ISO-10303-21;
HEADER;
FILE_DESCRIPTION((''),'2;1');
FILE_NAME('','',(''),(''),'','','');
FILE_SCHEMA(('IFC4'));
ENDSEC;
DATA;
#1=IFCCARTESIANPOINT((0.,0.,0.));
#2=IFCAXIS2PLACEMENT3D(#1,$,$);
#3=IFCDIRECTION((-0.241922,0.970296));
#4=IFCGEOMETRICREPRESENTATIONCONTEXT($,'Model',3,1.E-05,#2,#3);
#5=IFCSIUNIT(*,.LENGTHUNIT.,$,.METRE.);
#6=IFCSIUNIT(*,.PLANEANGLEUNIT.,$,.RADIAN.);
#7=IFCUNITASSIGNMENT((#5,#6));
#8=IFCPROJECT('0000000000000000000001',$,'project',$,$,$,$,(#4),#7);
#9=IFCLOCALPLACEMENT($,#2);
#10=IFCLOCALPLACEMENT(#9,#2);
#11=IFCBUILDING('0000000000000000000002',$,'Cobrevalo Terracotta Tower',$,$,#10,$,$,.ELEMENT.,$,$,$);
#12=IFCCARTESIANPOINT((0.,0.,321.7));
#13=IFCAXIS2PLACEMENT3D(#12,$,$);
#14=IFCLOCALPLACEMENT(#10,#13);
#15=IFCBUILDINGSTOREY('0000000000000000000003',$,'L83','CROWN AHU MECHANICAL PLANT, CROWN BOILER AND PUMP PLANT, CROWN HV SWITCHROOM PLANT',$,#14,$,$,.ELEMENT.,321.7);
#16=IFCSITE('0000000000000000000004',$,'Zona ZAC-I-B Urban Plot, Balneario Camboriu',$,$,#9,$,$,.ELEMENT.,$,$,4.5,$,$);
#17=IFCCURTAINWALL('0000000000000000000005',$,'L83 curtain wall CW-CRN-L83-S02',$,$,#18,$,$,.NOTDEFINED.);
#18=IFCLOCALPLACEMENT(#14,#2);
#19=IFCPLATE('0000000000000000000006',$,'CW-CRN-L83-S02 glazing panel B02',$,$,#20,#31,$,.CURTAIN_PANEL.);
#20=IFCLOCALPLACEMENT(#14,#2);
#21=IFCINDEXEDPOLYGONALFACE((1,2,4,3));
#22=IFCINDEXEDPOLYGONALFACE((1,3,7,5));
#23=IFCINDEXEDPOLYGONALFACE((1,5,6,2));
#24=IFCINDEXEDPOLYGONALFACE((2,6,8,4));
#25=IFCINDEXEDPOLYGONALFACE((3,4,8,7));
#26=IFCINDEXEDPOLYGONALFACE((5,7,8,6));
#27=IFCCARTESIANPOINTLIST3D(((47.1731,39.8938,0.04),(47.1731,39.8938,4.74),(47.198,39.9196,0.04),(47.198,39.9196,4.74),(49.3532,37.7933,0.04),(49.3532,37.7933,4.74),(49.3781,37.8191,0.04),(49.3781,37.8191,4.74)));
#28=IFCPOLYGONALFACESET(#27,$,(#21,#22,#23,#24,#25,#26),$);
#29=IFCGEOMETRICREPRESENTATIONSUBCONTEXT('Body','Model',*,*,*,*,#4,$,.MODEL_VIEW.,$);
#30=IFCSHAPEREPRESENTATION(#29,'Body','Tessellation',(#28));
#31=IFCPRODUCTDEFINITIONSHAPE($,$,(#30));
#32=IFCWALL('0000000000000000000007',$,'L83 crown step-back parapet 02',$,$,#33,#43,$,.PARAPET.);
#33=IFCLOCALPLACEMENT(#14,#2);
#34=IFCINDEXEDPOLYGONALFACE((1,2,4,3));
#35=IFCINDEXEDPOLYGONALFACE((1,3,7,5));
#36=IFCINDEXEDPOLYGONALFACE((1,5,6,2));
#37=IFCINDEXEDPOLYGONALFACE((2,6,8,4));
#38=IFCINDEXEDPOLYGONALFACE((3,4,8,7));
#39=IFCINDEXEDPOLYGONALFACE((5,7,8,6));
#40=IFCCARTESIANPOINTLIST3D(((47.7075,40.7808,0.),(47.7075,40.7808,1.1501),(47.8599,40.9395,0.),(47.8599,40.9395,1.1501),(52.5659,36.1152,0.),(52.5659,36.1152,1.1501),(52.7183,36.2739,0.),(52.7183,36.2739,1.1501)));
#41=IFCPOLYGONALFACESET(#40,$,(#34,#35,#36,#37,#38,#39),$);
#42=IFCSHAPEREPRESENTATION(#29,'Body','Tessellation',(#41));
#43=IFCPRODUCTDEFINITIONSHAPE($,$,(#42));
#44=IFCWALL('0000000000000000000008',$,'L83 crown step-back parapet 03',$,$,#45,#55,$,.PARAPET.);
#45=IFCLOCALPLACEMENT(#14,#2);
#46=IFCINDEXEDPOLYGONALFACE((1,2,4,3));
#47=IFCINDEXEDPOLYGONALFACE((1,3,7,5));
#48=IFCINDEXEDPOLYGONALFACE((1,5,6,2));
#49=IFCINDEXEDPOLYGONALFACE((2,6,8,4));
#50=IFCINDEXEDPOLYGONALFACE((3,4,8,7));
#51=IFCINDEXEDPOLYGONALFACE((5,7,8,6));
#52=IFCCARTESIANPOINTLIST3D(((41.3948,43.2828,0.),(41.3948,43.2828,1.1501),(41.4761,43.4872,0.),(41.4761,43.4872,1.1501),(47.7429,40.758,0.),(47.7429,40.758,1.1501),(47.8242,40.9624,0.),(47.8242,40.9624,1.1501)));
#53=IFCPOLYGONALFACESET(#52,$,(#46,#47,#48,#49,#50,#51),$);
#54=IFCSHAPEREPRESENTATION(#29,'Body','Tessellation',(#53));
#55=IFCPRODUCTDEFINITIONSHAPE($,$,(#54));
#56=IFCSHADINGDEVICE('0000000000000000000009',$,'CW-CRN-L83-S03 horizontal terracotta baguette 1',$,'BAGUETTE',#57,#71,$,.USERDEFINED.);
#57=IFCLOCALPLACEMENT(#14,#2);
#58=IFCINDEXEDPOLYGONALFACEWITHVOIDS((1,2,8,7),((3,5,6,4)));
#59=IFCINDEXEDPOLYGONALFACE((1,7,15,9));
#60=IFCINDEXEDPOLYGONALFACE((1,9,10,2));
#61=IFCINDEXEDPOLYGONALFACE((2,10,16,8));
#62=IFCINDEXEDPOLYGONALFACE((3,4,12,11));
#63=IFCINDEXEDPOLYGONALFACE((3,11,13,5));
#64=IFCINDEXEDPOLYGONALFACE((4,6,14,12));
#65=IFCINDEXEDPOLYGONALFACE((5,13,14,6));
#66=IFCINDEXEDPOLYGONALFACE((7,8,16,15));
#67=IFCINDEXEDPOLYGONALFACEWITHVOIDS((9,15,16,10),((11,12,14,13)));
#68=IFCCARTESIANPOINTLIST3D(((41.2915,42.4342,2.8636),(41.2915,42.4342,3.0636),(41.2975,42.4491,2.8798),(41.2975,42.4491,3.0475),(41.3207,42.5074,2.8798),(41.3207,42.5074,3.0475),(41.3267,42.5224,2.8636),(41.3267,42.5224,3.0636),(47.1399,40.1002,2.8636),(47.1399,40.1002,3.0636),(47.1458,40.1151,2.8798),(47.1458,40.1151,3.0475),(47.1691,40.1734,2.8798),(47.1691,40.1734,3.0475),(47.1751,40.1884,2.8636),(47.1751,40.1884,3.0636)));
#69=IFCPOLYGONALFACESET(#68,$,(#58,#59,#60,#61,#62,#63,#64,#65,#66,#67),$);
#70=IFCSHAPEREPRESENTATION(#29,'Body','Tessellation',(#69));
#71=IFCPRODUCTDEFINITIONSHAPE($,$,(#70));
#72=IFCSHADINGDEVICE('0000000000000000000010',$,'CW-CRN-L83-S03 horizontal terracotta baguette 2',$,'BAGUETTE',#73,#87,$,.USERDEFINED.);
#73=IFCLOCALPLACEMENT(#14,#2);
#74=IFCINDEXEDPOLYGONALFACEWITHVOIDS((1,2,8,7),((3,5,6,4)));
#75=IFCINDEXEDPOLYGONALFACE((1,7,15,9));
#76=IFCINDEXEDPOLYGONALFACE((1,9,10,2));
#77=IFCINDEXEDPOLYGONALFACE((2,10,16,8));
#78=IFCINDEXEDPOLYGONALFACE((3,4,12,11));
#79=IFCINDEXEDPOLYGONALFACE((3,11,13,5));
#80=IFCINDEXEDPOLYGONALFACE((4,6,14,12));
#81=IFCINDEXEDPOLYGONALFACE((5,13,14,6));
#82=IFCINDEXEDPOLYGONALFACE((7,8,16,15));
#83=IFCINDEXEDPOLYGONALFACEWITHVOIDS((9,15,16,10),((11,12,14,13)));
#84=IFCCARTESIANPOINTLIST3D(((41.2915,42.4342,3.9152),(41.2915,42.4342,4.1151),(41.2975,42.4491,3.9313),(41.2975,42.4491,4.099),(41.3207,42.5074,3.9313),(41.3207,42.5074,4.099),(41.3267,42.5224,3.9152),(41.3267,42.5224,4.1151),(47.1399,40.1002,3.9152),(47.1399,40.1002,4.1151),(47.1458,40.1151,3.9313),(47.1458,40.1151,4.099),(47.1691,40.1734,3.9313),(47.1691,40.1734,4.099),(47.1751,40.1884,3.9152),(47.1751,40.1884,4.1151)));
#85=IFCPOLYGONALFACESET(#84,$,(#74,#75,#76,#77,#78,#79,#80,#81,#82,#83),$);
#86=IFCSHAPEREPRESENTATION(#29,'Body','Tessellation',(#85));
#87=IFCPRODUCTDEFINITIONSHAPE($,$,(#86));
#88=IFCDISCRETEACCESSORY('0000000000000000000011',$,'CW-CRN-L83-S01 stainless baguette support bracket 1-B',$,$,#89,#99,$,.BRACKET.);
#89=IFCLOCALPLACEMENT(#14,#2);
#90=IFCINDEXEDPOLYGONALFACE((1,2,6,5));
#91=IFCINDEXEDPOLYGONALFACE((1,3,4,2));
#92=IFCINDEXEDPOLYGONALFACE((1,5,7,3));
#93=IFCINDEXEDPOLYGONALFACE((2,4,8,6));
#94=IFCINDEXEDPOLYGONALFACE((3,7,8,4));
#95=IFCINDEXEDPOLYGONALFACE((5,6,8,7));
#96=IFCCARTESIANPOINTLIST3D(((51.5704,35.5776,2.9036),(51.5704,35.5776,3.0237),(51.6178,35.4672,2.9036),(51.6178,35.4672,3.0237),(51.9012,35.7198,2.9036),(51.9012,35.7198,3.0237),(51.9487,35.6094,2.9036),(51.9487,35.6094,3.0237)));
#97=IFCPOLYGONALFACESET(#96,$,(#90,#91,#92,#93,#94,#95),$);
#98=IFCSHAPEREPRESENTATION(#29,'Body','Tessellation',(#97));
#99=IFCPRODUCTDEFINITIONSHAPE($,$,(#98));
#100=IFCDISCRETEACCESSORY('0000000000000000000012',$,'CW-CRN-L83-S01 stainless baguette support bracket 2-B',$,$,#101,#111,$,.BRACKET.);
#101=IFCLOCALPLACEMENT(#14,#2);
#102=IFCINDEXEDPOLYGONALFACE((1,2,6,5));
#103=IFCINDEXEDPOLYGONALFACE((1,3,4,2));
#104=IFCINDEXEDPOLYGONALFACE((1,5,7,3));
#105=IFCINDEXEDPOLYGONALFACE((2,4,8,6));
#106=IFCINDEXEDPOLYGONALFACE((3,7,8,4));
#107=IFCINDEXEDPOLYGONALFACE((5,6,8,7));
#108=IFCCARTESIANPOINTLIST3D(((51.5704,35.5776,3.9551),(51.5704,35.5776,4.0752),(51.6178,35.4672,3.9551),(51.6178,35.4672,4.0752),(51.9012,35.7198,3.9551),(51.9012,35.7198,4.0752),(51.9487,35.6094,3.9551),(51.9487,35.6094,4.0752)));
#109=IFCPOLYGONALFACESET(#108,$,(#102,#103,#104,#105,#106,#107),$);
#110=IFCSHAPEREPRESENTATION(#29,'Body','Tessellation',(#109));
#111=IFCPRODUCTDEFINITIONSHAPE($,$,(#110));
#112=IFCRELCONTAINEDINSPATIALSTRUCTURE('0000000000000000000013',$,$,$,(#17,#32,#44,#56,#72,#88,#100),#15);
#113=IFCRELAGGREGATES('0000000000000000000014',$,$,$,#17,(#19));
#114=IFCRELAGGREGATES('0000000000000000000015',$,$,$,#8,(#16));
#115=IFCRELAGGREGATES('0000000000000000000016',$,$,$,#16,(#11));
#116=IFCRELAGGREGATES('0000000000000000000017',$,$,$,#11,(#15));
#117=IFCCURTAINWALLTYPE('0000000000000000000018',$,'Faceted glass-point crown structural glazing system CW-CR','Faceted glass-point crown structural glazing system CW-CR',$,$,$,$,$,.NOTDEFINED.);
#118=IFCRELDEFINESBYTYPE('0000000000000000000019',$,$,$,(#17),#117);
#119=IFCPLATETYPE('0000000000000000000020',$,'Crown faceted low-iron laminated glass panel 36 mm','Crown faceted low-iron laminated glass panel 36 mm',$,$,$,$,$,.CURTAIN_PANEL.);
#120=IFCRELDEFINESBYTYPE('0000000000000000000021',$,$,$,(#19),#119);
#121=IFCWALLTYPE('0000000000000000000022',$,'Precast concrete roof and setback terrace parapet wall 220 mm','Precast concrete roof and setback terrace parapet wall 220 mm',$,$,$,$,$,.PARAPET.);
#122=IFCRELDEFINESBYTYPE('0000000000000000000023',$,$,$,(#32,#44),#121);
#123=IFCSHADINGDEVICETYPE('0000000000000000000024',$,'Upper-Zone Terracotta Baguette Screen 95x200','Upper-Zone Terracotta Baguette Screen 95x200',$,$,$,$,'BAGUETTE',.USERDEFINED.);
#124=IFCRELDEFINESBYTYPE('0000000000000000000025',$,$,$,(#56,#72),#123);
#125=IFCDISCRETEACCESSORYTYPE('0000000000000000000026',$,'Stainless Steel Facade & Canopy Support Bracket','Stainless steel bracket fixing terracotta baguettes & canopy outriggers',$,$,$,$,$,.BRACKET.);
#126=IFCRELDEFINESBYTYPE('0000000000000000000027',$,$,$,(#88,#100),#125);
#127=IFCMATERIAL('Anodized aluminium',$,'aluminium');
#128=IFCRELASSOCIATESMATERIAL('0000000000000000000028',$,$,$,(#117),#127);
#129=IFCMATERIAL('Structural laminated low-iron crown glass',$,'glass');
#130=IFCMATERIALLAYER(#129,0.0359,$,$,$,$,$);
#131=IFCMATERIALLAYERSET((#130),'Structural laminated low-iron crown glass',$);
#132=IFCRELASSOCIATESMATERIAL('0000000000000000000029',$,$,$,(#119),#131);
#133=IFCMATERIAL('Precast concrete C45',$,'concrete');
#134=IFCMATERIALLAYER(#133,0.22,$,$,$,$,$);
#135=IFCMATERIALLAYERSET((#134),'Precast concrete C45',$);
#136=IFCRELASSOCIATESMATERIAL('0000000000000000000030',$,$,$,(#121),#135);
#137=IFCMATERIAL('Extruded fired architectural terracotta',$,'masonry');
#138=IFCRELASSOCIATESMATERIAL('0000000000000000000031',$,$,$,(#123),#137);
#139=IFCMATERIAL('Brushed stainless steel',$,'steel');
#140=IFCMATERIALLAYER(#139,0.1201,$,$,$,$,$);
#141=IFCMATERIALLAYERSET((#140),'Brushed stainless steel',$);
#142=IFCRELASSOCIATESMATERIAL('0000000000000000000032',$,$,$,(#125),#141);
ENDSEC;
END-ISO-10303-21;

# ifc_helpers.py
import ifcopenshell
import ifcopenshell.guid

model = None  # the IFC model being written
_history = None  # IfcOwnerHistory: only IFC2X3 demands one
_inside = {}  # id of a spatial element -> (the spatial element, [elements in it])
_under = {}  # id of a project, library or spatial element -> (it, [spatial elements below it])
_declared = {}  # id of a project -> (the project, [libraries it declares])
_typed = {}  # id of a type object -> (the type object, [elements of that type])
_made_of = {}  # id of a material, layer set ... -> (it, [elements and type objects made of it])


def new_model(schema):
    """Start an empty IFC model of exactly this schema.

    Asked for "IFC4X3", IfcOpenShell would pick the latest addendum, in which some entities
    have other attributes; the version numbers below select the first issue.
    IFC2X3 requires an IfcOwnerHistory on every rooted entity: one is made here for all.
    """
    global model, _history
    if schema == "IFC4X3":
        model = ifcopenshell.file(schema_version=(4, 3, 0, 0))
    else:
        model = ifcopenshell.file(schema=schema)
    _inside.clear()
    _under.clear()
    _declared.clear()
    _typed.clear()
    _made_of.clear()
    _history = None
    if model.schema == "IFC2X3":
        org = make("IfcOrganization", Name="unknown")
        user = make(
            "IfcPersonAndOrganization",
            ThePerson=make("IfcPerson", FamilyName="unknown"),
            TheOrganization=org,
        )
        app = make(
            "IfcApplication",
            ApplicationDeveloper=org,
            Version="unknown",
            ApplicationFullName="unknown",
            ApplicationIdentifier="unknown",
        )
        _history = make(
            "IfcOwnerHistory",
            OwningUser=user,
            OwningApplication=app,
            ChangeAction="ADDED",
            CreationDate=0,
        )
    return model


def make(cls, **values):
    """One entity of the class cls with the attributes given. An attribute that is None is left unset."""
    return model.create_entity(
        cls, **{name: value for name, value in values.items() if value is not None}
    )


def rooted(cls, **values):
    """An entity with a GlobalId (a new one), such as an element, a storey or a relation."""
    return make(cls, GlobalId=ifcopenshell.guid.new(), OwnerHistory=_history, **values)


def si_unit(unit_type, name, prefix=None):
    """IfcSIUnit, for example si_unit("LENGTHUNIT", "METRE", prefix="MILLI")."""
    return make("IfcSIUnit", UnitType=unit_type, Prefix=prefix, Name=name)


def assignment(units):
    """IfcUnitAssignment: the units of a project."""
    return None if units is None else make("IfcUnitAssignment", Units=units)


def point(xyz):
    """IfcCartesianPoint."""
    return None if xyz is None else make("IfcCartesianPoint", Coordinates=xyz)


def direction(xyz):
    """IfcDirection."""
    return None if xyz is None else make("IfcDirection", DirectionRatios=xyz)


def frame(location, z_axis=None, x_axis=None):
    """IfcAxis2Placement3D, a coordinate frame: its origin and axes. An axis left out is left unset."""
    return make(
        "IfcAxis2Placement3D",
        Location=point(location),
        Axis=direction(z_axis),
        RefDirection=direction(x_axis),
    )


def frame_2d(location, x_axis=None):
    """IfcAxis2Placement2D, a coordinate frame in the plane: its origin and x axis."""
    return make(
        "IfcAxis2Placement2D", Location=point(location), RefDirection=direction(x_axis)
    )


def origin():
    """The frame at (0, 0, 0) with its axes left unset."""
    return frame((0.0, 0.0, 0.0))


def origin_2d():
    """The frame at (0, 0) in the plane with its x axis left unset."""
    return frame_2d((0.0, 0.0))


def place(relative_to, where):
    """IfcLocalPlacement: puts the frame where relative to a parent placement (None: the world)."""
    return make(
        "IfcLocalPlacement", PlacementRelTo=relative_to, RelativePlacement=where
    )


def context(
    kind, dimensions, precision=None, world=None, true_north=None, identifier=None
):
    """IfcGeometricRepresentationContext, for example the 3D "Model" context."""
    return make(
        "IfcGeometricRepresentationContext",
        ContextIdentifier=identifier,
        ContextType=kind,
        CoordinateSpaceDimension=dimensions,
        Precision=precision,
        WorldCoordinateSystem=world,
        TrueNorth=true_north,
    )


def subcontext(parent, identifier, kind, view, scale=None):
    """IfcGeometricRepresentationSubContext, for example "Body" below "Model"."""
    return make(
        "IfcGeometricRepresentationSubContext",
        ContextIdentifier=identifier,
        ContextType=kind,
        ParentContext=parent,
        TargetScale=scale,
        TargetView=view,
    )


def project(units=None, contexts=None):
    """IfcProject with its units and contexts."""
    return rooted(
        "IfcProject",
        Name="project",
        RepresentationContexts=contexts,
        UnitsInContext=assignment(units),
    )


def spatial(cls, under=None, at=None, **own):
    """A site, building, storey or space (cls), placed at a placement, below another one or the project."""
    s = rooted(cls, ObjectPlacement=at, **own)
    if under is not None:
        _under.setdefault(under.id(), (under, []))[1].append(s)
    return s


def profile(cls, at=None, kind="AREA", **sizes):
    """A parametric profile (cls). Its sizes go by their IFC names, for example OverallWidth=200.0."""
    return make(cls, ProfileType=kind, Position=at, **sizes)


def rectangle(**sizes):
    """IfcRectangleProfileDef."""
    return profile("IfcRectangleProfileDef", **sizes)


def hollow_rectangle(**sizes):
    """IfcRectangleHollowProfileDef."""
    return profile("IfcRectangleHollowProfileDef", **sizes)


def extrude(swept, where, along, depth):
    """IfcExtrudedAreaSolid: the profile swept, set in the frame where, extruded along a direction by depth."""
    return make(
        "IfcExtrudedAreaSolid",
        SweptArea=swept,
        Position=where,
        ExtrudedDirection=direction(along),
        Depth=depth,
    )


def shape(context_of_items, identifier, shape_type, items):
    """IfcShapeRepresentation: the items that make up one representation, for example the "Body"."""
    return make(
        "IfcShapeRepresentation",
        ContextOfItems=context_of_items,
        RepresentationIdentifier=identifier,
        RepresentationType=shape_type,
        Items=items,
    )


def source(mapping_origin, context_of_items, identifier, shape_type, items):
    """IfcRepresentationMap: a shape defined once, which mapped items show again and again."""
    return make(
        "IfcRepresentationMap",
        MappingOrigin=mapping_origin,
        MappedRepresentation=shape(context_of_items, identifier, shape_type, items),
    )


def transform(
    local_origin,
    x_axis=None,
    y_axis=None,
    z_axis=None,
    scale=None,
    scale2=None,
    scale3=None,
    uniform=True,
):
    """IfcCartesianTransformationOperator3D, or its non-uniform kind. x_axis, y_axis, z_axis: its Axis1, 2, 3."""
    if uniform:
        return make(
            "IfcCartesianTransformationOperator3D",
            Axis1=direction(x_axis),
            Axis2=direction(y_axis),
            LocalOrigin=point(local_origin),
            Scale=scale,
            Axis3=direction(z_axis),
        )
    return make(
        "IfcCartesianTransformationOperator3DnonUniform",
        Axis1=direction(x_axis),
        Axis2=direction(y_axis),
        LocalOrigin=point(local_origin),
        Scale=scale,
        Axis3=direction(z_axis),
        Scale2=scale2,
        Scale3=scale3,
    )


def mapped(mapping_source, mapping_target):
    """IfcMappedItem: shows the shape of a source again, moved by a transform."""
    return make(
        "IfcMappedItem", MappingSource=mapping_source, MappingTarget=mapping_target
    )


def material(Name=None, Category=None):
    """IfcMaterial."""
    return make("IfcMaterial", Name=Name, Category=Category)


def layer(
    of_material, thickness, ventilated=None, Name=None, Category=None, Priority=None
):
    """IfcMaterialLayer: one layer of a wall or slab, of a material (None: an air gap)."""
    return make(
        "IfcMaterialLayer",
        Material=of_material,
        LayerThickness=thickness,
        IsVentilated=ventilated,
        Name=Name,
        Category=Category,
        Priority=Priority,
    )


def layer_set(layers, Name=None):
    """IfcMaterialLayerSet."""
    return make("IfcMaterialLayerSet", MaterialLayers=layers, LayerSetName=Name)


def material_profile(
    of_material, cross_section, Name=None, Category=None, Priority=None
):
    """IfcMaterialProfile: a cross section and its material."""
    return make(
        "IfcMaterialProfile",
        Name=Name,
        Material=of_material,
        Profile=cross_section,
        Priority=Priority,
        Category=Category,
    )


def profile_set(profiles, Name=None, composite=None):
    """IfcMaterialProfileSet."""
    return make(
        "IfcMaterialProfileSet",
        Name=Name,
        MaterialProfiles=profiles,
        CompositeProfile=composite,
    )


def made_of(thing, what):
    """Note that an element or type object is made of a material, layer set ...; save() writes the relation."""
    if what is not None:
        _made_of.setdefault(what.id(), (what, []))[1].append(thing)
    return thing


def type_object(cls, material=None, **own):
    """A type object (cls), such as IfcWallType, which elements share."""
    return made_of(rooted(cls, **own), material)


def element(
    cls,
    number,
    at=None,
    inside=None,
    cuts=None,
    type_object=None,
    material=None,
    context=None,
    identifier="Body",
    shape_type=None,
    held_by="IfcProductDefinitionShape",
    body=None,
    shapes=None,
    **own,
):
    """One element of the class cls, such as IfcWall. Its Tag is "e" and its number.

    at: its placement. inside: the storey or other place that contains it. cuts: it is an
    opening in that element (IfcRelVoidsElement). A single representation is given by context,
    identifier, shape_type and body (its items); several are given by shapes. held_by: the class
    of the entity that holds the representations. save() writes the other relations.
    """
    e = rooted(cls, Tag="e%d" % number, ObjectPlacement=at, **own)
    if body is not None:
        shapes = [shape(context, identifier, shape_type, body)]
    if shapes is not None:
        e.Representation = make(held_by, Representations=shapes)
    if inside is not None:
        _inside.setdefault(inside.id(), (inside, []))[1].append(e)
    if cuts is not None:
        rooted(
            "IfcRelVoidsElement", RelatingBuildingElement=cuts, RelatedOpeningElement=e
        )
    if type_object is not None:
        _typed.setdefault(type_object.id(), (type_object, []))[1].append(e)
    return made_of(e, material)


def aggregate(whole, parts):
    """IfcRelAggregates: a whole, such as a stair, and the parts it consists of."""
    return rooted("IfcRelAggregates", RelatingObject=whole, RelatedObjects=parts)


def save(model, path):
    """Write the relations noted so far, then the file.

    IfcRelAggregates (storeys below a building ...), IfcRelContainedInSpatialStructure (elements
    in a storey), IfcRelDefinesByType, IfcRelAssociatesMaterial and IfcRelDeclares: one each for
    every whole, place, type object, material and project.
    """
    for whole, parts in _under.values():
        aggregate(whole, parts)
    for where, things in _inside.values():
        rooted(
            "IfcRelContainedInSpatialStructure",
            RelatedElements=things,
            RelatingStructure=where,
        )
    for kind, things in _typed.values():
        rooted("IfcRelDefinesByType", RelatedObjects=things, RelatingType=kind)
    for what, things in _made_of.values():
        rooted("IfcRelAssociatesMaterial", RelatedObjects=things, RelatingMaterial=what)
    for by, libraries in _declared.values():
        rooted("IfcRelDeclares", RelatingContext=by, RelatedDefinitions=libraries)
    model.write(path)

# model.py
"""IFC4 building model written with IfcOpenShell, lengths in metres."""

from ifc_helpers import new_model, si_unit, direction, frame, frame_2d, origin, origin_2d, place, context, subcontext, project, spatial, rectangle, hollow_rectangle, extrude, source, transform, mapped, material, layer, layer_set, material_profile, profile_set, type_object, element, aggregate, save


model = new_model("IFC4")

# Units and contexts
model_context = context("Model", 3, precision=1e-05, world=origin(), true_north=direction((-0.241922, 0.970296)))
body_context = subcontext(model_context, "Body", "Model", "MODEL_VIEW")
ifc_project = project(units=[si_unit("LENGTHUNIT", "METRE"), si_unit("PLANEANGLEUNIT", "RADIAN")], contexts=[model_context])

# Site, building, storey
site_placement = place(None, origin())
site = spatial("IfcSite", under=ifc_project, at=site_placement, Name="Zona ZAC-I-B Urban Plot, Balneario Camboriu", CompositionType="ELEMENT", RefElevation=4.5)
building_placement = place(site_placement, origin())
building = spatial("IfcBuilding", under=site, at=building_placement, Name="Cobrevalo Terracotta Tower", CompositionType="ELEMENT")
storey_placement = place(building_placement, frame((0.0, 0.0, 321.7)))
storey = spatial("IfcBuildingStorey", under=building, at=storey_placement, Name="L83", Description="CROWN AHU MECHANICAL PLANT, CROWN BOILER AND PUMP PLANT, CROWN HV SWITCHROOM PLANT", CompositionType="ELEMENT", Elevation=321.7)

# Shared definitions
ifc_material_1 = material(Name="Anodized aluminium", Category="aluminium")
curtain_wall_type = type_object("IfcCurtainWallType", Name="Faceted glass-point crown structural glazing system CW-CR", Description="Faceted glass-point crown structural glazing system CW-CR", PredefinedType="NOTDEFINED", material=ifc_material_1)

# Curtain wall
curtain_wall_1_placement = place(storey_placement, origin())
curtain_wall_1 = element("IfcCurtainWall", 1, at=curtain_wall_1_placement, inside=storey, type_object=curtain_wall_type, Name="L83 curtain wall CW-CRN-L83-S02", PredefinedType="NOTDEFINED")

# Plate
ifc_material_2 = material(Name="Structural laminated low-iron crown glass", Category="glass")
ifc_layer_1 = layer(ifc_material_2, 0.0359)
ifc_layer_set_1 = layer_set([ifc_layer_1], Name="Structural laminated low-iron crown glass")
plate_type = type_object("IfcPlateType", Name="Crown faceted low-iron laminated glass panel 36 mm", Description="Crown faceted low-iron laminated glass panel 36 mm", PredefinedType="CURTAIN_PANEL", material=ifc_layer_set_1)
shared_shape_1 = source(origin(), body_context, "Body", "SweptSolid", [
    extrude(rectangle(XDim=3.0273, YDim=0.0359, at=origin_2d()), origin(), (0.0, 0.0, 1.0), 4.7),
])
plate_1_placement = place(storey_placement, frame((48.2756, 38.8564, 0.04), z_axis=(0.0, 0.0, 1.0), x_axis=(-0.720133, 0.693836, 0.0)))
plate_1 = element("IfcPlate", 2, at=plate_1_placement, type_object=plate_type, Name="CW-CRN-L83-S02 glazing panel B02", PredefinedType="CURTAIN_PANEL", context=body_context, shape_type="MappedRepresentation", body=[
    mapped(shared_shape_1, transform((0.0, 0.0, 0.0), scale=1.0)),
])
aggregate(curtain_wall_1, [plate_1])

# Walls
ifc_material_3 = material(Name="Precast concrete C45", Category="concrete")
ifc_layer_2 = layer(ifc_material_3, 0.22)
ifc_layer_set_2 = layer_set([ifc_layer_2], Name="Precast concrete C45")
wall_type = type_object("IfcWallType", Name="Precast concrete roof and setback terrace parapet wall 220 mm", Description="Precast concrete roof and setback terrace parapet wall 220 mm", PredefinedType="PARAPET", material=ifc_layer_set_2)
wall_1_placement = place(storey_placement, frame((52.6421, 36.1946, 0.0), z_axis=(0.0, 0.0, 1.0), x_axis=(-0.721279, 0.692645, 0.0)))
element("IfcWall", 3, at=wall_1_placement, inside=storey, type_object=wall_type, Name="L83 crown step-back parapet 02", PredefinedType="PARAPET", context=body_context, shape_type="SweptSolid", body=[
    extrude(rectangle(XDim=6.7358, YDim=0.22, at=frame_2d((3.3679, 0.0))), origin(), (0.0, 0.0, 1.0), 1.1501),
])
wall_2_placement = place(storey_placement, frame((47.7837, 40.8601, 0.0), z_axis=(0.0, 0.0, 1.0), x_axis=(-0.929199, 0.369579, 0.0)))
element("IfcWall", 4, at=wall_2_placement, inside=storey, type_object=wall_type, Name="L83 crown step-back parapet 03", PredefinedType="PARAPET", context=body_context, shape_type="SweptSolid", body=[
    extrude(rectangle(XDim=6.8318, YDim=0.22, at=frame_2d((3.416, 0.0))), origin(), (0.0, 0.0, 1.0), 1.1501),
])

# Shading devices
ifc_material_4 = material(Name="Extruded fired architectural terracotta", Category="masonry")
ifc_material_profile_1 = material_profile(ifc_material_4, hollow_rectangle(XDim=0.095, YDim=0.2, WallThickness=0.0161, at=origin_2d()), Name="BAGUETTE 95x200")
ifc_profile_set_1 = profile_set([ifc_material_profile_1], Name="Extruded fired architectural terracotta")
shading_device_type = type_object("IfcShadingDeviceType", Name="Upper-Zone Terracotta Baguette Screen 95x200", Description="Upper-Zone Terracotta Baguette Screen 95x200", ElementType="BAGUETTE", PredefinedType="USERDEFINED", material=ifc_profile_set_1)
shared_shape_2 = source(origin(), body_context, "Body", "SweptSolid", [
    extrude(hollow_rectangle(XDim=0.095, YDim=0.2, WallThickness=0.0161, at=origin_2d()), origin(), (0.0, 0.0, 1.0), 6.2969),
])
for number, where, z_axis, x_axis, name in (
    (5, (47.1575, 40.1443, 2.9636), (-0.928771, 0.370655, 0.0), (-0.370655, -0.928771, 0.0), "CW-CRN-L83-S03 horizontal terracotta baguette 1"),
    (6, (47.1575, 40.1443, 4.0151), (-0.928771, 0.370655, 0.0), (-0.370655, -0.928771, 0.0), "CW-CRN-L83-S03 horizontal terracotta baguette 2"),
):
    element("IfcShadingDevice", number, at=place(storey_placement, frame(where, z_axis=z_axis, x_axis=x_axis)), inside=storey, type_object=shading_device_type, Name=name, ObjectType="BAGUETTE", PredefinedType="USERDEFINED", context=body_context, shape_type="MappedRepresentation", body=[
        mapped(shared_shape_2, transform((0.0, 0.0, 0.0), scale=1.0)),
    ])

# Discrete accessories
ifc_material_5 = material(Name="Brushed stainless steel", Category="steel")
ifc_layer_3 = layer(ifc_material_5, 0.1201)
ifc_layer_set_3 = layer_set([ifc_layer_3], Name="Brushed stainless steel")
discrete_accessory_type = type_object("IfcDiscreteAccessoryType", Name="Stainless Steel Facade & Canopy Support Bracket", Description="Stainless steel bracket fixing terracotta baguettes & canopy outriggers", PredefinedType="BRACKET", material=ifc_layer_set_3)
shared_shape_3 = source(origin(), body_context, "Body", "SweptSolid", [
    extrude(rectangle(XDim=0.1201, YDim=0.3601, at=origin_2d()), origin(), (0.0, 0.0, 1.0), 0.1201),
])
for number, where, z_axis, x_axis, name in (
    (7, (51.7595, 35.5935, 2.9036), (0.0, 0.0, 1.0), (-0.39496, 0.918698, 0.0), "CW-CRN-L83-S01 stainless baguette support bracket 1-B"),
    (8, (51.7595, 35.5935, 3.9551), (0.0, 0.0, 1.0), (-0.39496, 0.918698, 0.0), "CW-CRN-L83-S01 stainless baguette support bracket 2-B"),
):
    element("IfcDiscreteAccessory", number, at=place(storey_placement, frame(where, z_axis=z_axis, x_axis=x_axis)), inside=storey, type_object=discrete_accessory_type, Name=name, PredefinedType="BRACKET", context=body_context, shape_type="MappedRepresentation", body=[
        mapped(shared_shape_3, transform((0.0, 0.0, 0.0), scale=1.0)),
    ])

save(model, "model.ifc")
